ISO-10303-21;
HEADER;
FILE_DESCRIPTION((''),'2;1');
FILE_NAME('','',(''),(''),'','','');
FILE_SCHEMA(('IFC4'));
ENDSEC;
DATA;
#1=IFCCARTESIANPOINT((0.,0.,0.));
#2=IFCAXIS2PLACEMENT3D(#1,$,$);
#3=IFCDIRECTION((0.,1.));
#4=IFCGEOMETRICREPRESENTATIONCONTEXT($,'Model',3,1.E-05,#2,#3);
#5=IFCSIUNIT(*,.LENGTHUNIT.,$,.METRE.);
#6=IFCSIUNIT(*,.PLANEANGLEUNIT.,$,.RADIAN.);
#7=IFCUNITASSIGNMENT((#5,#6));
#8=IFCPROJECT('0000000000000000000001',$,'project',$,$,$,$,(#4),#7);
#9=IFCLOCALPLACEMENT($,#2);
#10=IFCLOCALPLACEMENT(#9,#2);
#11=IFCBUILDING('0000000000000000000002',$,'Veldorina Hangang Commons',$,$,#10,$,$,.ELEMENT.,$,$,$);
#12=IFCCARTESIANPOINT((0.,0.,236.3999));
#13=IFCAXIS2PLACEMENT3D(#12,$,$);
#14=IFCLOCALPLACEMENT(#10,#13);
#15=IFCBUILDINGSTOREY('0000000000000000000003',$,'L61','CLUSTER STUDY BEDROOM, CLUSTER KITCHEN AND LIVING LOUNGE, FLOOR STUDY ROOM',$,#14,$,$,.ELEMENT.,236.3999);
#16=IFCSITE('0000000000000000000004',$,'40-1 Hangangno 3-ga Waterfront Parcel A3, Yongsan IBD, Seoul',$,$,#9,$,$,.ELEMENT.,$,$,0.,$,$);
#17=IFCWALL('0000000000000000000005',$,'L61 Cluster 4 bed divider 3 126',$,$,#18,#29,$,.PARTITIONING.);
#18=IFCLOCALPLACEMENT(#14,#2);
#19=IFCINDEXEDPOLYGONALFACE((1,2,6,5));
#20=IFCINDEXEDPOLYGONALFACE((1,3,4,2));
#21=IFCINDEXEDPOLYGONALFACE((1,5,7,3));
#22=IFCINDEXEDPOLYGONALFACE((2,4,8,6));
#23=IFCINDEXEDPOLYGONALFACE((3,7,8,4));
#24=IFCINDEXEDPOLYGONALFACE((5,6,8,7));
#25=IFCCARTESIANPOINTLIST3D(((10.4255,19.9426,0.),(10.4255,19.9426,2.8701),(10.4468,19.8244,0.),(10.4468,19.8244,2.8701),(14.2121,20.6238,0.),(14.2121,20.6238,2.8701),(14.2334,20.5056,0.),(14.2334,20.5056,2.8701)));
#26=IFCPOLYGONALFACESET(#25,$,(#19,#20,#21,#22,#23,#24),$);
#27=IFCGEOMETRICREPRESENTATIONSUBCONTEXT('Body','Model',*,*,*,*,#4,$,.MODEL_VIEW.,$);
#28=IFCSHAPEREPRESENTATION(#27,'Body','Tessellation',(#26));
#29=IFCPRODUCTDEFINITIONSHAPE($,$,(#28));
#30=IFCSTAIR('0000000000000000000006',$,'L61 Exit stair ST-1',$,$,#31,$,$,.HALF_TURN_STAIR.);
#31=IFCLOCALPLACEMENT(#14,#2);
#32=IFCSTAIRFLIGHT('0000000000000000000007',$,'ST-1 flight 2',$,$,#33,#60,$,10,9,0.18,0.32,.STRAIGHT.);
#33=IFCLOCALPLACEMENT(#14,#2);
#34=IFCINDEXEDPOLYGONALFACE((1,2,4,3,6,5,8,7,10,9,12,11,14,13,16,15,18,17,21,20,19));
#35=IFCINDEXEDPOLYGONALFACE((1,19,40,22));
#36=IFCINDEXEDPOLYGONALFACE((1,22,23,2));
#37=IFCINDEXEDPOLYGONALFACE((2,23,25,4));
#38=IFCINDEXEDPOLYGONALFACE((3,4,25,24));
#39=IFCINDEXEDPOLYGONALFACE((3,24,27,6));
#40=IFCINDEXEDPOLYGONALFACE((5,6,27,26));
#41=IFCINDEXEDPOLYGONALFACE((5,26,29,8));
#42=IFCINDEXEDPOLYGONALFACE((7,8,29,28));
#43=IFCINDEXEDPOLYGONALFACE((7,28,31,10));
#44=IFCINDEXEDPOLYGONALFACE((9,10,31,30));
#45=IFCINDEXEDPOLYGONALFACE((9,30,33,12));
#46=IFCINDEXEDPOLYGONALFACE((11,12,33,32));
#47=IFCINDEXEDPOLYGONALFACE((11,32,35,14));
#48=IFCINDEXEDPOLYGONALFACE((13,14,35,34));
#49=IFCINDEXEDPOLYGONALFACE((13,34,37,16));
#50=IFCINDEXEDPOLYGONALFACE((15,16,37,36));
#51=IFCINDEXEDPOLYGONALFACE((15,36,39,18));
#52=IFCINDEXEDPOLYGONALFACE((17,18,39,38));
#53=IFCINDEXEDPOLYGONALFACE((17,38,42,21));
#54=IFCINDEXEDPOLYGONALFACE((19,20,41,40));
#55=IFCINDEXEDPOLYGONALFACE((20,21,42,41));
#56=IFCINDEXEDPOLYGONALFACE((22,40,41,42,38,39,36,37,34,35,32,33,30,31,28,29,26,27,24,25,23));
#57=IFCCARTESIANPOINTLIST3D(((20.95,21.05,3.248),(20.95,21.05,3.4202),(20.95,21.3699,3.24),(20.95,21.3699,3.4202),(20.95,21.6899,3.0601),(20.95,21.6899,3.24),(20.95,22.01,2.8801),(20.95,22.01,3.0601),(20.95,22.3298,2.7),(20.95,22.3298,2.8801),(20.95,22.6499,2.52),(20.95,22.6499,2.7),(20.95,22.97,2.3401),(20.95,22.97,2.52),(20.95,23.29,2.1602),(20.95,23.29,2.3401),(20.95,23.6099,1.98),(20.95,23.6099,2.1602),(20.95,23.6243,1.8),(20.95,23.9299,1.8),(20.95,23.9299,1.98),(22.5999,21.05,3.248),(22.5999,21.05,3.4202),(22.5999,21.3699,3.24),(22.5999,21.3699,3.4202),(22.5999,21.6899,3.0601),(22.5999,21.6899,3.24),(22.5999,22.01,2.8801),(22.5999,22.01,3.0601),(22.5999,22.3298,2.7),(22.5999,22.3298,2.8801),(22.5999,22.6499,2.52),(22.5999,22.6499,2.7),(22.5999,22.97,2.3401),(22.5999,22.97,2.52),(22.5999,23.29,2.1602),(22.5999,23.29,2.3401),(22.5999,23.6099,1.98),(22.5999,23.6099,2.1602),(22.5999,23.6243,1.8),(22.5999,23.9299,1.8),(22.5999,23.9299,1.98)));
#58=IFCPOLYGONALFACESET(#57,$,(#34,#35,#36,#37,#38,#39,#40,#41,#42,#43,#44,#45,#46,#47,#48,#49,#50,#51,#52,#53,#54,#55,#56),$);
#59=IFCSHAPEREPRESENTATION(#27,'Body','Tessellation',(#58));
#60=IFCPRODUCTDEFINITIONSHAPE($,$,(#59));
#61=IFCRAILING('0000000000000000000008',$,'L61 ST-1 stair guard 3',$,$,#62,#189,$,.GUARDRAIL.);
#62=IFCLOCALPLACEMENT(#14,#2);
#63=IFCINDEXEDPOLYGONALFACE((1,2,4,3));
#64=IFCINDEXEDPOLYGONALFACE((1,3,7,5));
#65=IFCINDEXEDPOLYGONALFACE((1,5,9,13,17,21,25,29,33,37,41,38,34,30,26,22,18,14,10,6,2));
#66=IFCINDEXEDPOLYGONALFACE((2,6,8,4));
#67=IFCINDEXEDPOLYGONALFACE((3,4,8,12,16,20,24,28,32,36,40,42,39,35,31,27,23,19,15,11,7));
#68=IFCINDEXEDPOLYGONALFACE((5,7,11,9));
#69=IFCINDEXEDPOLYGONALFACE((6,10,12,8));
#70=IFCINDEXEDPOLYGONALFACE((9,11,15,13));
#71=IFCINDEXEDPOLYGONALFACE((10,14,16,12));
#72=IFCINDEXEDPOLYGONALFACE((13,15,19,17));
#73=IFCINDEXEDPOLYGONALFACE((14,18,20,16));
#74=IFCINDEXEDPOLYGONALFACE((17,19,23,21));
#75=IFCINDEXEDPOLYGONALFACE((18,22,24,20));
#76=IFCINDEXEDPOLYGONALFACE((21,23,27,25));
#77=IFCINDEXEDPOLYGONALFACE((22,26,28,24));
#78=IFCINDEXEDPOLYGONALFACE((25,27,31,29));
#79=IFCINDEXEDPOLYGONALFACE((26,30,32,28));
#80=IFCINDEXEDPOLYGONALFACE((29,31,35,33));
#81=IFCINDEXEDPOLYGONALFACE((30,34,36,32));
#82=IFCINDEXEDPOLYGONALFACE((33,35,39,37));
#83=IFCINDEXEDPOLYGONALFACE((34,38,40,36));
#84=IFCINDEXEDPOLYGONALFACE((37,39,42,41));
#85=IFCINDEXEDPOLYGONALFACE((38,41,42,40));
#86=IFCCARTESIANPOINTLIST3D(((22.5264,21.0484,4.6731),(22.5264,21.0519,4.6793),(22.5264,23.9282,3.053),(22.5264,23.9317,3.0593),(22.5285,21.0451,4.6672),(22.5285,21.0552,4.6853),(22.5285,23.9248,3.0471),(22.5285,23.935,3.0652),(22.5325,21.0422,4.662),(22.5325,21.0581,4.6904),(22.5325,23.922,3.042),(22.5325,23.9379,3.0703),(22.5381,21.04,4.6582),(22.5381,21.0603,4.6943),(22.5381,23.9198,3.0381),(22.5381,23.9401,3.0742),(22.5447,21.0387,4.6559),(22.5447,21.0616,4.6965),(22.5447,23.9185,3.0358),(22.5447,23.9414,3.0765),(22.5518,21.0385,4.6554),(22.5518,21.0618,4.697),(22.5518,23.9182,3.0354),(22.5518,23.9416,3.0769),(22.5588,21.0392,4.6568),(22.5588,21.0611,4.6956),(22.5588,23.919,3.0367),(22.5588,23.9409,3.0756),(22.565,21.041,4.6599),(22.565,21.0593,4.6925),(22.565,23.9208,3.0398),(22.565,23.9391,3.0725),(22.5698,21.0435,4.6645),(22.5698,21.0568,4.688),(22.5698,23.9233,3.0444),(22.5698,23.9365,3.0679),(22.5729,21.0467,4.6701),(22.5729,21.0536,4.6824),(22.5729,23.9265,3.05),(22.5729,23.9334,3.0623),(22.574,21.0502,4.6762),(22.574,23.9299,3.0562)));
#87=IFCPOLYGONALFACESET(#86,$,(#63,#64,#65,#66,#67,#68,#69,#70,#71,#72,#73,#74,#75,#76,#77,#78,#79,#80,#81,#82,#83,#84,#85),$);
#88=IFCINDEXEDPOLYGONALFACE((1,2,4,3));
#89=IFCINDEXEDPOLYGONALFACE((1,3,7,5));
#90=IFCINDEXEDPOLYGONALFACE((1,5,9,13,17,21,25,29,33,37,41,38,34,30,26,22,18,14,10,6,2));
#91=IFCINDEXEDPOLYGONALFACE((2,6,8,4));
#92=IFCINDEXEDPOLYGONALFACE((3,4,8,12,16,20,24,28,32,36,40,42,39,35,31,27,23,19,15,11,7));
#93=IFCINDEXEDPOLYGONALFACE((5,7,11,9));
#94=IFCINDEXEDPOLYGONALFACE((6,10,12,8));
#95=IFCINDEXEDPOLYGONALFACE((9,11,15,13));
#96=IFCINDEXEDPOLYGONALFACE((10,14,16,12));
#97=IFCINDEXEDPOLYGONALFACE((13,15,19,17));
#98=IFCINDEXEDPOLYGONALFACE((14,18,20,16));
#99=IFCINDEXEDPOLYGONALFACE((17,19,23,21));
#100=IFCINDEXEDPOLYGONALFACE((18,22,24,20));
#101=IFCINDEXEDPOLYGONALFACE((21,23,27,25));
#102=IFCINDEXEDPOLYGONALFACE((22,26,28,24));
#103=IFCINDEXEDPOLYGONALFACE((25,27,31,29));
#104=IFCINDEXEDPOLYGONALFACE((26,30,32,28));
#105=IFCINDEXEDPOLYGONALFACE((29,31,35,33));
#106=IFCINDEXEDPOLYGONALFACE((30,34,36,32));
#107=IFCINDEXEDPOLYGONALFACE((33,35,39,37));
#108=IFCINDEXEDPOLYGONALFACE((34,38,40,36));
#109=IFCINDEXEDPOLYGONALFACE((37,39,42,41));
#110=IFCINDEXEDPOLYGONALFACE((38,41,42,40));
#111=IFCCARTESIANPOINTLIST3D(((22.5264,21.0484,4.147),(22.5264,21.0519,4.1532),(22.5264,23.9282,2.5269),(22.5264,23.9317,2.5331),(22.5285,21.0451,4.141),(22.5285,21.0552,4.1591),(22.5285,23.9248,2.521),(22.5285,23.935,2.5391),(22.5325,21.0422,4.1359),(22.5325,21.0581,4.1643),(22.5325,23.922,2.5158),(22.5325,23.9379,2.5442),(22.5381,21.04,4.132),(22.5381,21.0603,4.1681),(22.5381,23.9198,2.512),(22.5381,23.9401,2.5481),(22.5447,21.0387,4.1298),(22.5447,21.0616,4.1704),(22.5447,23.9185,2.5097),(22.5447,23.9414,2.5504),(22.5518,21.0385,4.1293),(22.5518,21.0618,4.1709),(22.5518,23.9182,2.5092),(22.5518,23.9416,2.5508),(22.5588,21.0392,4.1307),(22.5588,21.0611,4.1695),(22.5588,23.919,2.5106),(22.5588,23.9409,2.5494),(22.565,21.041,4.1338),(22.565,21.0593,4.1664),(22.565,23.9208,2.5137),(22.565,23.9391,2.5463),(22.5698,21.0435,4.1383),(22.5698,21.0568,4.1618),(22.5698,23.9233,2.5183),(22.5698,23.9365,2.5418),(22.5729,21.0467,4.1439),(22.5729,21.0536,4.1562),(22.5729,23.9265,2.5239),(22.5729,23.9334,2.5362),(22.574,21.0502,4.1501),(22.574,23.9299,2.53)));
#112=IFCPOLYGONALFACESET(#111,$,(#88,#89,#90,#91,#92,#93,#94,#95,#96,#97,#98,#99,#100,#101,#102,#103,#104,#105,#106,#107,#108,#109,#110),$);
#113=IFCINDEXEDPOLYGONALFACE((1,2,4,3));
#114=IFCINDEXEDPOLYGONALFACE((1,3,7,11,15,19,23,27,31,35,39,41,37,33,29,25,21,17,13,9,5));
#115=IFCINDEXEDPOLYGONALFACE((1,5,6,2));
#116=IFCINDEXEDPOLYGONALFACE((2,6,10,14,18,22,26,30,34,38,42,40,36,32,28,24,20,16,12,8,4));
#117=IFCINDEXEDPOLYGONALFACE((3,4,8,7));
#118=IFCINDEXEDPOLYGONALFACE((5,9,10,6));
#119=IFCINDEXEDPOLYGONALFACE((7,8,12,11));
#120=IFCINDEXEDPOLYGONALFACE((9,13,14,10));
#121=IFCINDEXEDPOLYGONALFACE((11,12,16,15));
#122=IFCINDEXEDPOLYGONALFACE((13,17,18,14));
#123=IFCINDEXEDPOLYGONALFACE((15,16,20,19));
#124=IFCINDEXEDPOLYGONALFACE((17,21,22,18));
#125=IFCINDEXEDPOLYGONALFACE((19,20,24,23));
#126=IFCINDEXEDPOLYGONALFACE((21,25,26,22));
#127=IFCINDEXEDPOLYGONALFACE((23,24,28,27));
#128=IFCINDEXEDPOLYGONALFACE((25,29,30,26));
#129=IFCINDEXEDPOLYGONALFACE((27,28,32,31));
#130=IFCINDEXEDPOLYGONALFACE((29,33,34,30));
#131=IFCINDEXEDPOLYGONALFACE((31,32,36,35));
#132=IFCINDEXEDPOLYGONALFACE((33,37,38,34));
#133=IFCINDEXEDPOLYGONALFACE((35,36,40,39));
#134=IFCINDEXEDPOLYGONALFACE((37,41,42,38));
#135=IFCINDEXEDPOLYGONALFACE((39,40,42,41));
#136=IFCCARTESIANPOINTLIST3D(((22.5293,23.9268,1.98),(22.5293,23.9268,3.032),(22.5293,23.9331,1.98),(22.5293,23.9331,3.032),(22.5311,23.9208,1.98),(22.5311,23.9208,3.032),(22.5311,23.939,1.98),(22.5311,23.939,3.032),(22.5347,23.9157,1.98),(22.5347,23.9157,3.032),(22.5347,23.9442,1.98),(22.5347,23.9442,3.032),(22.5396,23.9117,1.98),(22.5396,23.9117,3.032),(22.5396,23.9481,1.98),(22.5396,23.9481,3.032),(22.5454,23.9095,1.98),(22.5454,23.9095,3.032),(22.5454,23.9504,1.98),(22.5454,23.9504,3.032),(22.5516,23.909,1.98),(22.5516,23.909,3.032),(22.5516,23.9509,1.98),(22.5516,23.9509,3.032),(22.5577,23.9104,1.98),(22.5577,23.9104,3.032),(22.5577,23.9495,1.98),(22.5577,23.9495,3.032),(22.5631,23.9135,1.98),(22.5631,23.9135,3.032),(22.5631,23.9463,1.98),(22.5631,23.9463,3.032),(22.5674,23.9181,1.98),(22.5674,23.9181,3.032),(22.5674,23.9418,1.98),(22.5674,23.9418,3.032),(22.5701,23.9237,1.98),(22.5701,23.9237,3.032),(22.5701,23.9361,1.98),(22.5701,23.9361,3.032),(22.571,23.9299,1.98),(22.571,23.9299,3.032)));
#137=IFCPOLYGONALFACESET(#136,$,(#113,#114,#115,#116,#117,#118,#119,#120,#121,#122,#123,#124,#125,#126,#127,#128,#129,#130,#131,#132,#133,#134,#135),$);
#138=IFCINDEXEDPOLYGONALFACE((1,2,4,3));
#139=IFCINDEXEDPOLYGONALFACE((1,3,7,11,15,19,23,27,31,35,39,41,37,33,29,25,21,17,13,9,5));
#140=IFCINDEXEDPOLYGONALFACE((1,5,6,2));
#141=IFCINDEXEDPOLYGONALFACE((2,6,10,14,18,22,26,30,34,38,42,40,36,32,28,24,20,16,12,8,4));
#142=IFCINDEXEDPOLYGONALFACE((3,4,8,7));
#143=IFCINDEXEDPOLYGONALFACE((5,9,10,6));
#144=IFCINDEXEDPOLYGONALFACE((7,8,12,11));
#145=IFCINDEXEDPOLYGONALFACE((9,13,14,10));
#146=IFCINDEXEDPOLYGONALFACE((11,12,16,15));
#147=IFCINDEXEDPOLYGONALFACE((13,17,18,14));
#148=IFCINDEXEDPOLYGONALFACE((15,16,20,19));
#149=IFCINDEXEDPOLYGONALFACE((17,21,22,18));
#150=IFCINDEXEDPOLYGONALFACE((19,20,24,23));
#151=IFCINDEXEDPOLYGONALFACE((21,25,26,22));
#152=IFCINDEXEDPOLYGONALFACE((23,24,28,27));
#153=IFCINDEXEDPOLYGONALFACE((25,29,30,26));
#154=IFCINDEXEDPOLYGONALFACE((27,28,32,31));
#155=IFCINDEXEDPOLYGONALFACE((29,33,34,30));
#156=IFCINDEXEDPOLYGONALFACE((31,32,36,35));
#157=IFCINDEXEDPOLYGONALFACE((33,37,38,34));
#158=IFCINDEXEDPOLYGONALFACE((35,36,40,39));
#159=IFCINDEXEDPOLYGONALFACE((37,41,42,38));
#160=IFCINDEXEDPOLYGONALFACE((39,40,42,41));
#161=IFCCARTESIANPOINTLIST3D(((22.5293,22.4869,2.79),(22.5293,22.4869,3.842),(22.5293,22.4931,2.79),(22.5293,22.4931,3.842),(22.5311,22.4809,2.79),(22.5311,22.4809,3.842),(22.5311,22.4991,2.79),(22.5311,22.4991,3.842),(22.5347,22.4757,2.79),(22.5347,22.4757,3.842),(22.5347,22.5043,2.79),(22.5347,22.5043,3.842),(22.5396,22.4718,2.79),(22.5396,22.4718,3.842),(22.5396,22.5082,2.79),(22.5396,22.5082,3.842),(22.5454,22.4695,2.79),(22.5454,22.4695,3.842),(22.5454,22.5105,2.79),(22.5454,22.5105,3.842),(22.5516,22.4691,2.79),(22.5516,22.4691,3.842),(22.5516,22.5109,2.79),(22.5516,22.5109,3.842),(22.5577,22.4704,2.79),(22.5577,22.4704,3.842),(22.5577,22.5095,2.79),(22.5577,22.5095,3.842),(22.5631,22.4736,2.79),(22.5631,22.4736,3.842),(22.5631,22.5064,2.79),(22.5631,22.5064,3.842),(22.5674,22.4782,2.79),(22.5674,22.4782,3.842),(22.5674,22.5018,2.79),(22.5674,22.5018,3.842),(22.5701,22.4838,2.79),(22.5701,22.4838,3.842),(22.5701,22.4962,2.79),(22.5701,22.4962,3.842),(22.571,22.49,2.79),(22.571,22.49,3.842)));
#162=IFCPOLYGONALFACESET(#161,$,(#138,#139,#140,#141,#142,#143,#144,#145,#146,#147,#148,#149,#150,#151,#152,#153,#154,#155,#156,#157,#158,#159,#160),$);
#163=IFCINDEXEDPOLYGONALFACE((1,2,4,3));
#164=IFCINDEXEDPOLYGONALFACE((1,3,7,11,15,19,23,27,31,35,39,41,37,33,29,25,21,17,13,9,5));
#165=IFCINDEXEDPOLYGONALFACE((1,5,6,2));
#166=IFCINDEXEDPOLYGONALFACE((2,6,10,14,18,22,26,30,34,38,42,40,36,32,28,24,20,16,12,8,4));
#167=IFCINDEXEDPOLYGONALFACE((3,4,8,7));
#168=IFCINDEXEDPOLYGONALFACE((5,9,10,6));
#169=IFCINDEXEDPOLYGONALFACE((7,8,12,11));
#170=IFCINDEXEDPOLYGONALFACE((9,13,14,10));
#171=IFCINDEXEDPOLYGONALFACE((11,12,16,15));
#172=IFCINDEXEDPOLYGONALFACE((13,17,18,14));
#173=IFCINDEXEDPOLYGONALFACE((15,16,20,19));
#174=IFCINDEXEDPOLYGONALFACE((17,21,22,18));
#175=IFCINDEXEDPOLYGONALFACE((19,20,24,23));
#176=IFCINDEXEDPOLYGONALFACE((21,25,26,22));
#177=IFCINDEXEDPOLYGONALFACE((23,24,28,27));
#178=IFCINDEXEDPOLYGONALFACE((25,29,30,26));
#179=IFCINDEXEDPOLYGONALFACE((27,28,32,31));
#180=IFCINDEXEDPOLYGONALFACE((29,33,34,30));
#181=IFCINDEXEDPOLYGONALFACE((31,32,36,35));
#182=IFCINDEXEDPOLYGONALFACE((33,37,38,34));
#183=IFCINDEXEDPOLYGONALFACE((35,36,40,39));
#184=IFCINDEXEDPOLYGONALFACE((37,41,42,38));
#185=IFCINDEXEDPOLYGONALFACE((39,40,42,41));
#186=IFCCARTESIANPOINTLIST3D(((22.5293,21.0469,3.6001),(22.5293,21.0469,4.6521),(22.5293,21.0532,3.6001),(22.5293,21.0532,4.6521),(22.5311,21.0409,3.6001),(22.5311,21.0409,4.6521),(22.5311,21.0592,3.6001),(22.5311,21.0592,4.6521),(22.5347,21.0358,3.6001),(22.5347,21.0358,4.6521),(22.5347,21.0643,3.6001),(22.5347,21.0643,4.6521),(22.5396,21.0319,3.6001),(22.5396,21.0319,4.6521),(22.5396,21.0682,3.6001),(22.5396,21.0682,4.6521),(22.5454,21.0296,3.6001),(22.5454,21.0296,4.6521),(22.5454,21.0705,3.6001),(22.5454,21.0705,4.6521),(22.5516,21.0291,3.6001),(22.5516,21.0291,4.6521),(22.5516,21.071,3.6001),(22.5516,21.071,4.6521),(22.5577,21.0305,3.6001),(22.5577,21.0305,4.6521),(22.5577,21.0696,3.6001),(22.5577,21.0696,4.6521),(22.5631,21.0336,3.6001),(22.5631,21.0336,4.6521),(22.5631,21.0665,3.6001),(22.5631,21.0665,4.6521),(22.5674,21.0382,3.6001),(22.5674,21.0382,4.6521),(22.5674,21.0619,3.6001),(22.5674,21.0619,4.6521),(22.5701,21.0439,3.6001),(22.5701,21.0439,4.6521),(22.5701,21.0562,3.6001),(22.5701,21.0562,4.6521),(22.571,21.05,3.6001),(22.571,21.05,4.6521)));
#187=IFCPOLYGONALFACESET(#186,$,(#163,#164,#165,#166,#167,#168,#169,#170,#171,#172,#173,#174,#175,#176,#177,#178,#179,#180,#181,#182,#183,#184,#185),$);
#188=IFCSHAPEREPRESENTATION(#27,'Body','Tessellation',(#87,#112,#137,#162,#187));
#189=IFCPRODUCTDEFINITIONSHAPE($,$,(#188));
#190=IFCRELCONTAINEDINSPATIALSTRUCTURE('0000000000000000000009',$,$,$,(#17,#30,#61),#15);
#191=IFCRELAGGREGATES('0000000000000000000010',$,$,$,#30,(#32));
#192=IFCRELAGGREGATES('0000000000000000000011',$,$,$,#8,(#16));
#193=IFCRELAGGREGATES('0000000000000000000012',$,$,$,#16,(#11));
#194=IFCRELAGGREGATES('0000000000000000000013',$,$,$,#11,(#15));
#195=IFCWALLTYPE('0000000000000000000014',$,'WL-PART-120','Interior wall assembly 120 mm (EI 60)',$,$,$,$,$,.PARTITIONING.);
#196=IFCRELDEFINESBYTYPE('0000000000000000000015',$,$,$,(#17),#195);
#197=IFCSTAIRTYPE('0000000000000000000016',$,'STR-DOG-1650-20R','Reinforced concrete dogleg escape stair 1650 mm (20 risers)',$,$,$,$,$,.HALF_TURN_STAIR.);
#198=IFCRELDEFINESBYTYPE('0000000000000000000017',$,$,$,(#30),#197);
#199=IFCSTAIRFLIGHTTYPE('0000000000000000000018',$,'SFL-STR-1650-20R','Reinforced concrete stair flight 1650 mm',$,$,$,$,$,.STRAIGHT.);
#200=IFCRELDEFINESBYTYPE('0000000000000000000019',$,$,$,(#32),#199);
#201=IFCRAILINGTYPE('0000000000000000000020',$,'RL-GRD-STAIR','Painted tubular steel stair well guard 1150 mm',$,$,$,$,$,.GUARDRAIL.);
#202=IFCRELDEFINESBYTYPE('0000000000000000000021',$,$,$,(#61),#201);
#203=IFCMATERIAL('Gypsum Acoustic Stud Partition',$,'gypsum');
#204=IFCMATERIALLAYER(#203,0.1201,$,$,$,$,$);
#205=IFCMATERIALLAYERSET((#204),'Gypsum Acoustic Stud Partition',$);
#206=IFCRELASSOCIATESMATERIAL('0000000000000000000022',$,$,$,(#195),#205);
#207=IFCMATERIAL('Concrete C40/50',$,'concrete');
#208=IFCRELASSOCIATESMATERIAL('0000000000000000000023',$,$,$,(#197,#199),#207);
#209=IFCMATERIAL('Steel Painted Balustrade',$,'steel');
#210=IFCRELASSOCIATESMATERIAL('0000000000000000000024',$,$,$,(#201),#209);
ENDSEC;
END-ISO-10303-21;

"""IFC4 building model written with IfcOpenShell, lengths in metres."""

from ifc_helpers import new_model, si_unit, direction, frame, frame_2d, origin, origin_2d, place, context, subcontext, project, spatial, polyline, rectangle, circle, outline, extrude, material, layer, layer_set, type_object, element, aggregate, save


model = new_model("IFC4")

# Units and contexts
model_context = context("Model", 3, precision=1e-05, world=origin(), true_north=direction((0.0, 1.0)))
body_context = subcontext(model_context, "Body", "Model", "MODEL_VIEW")
ifc_project = project(units=[si_unit("LENGTHUNIT", "METRE"), si_unit("PLANEANGLEUNIT", "RADIAN")], contexts=[model_context])

# Site, building, storey
site_placement = place(None, origin())
site = spatial("IfcSite", under=ifc_project, at=site_placement, Name="40-1 Hangangno 3-ga Waterfront Parcel A3, Yongsan IBD, Seoul", CompositionType="ELEMENT", RefElevation=0.0)
building_placement = place(site_placement, origin())
building = spatial("IfcBuilding", under=site, at=building_placement, Name="Veldorina Hangang Commons", CompositionType="ELEMENT")
storey_placement = place(building_placement, frame((0.0, 0.0, 236.3999)))
storey = spatial("IfcBuildingStorey", under=building, at=storey_placement, Name="L61", Description="CLUSTER STUDY BEDROOM, CLUSTER KITCHEN AND LIVING LOUNGE, FLOOR STUDY ROOM", CompositionType="ELEMENT", Elevation=236.3999)

# Shared definitions
ifc_material_1 = material(Name="Gypsum Acoustic Stud Partition", Category="gypsum")
ifc_layer_1 = layer(ifc_material_1, 0.1201)
ifc_layer_set_1 = layer_set([ifc_layer_1], Name="Gypsum Acoustic Stud Partition")
wall_type_1 = type_object("IfcWallType", Name="WL-PART-120", Description="Interior wall assembly 120 mm (EI 60)", PredefinedType="PARTITIONING", material=ifc_layer_set_1)

# Wall
wall_1_placement = place(storey_placement, frame((14.2229, 20.5647, 0.0), z_axis=(0.0, 0.0, 1.0), x_axis=(-0.984203, -0.177042, 0.0)))
element("IfcWall", 1, at=wall_1_placement, inside=storey, type_object=wall_type_1, Name="L61 Cluster 4 bed divider 3 126", PredefinedType="PARTITIONING", context=body_context, shape_type="SweptSolid", body=[
    extrude(rectangle(XDim=3.8474, YDim=0.1201, at=frame_2d((1.9238, 0.0))), origin(), (0.0, 0.0, 1.0), 2.8701),
])

# Stair, stair flight
ifc_material_2 = material(Name="Concrete C40/50", Category="concrete")
stair_type = type_object("IfcStairType", Name="STR-DOG-1650-20R", Description="Reinforced concrete dogleg escape stair 1650 mm (20 risers)", PredefinedType="HALF_TURN_STAIR", material=ifc_material_2)
stair_placement = place(storey_placement, origin())
stair = element("IfcStair", 2, at=stair_placement, inside=storey, type_object=stair_type, Name="L61 Exit stair ST-1", PredefinedType="HALF_TURN_STAIR")
stair_flight_type = type_object("IfcStairFlightType", Name="SFL-STR-1650-20R", Description="Reinforced concrete stair flight 1650 mm", PredefinedType="STRAIGHT", material=ifc_material_2)
stair_flight_placement = place(storey_placement, frame((21.7749, 23.9299, 1.8), z_axis=(0.0, 0.0, 1.0), x_axis=(0.0, -1.0, 0.0)))
stair_flight = element("IfcStairFlight", 3, at=stair_flight_placement, type_object=stair_flight_type, Name="ST-1 flight 2", NumberOfRisers=10, NumberOfTreads=9, PredefinedType="STRAIGHT", RiserHeight=0.18, TreadLength=0.32, context=body_context, shape_type="SweptSolid", body=[
    extrude(outline(polyline([(0.0, 0.0), (0.0, 0.1799), (0.3201, 0.1799), (0.3201, 0.3601), (0.6399, 0.3601), (0.6399, 0.54), (0.96, 0.54), (0.96, 0.72), (1.28, 0.72), (1.28, 0.8999), (1.6001, 0.8999), (1.6001, 1.0801), (1.9199, 1.0801), (1.9199, 1.26), (2.24, 1.26), (2.24, 1.4399), (2.5601, 1.4399), (2.5601, 1.6201), (2.8799, 1.6201), (2.8799, 1.8), (2.8799, 1.448), (0.3057, 0.0), (0.0, 0.0)])), frame((0.0, 0.825, 0.0), z_axis=(0.0, -1.0, 0.0), x_axis=(1.0, 0.0, 0.0)), (0.0, 0.0, 1.0), 1.6499),
])
aggregate(stair, [stair_flight])

# Railing
ifc_material_3 = material(Name="Steel Painted Balustrade", Category="steel")
railing_type_1 = type_object("IfcRailingType", Name="RL-GRD-STAIR", Description="Painted tubular steel stair well guard 1150 mm", PredefinedType="GUARDRAIL", material=ifc_material_3)
railing_1_placement = place(storey_placement, frame((22.55, 23.9299, 1.98)))
element("IfcRailing", 4, at=railing_1_placement, inside=storey, type_object=railing_type_1, Name="L61 ST-1 stair guard 3", PredefinedType="GUARDRAIL", context=body_context, shape_type="SweptSolid", body=[
    extrude(circle(Radius=0.0239, at=origin_2d()), frame((0.0, 0.0, 1.0762), z_axis=(0.0, -0.871552, 0.490303), x_axis=(1.0, 0.0, 0.0)), (0.0, 0.0, 1.0), 3.3042),
    extrude(circle(Radius=0.0239, at=origin_2d()), frame((0.0, 0.0, 0.55), z_axis=(0.0, -0.871552, 0.490303), x_axis=(1.0, 0.0, 0.0)), (0.0, 0.0, 1.0), 3.3042),
    extrude(circle(Radius=0.021, at=origin_2d()), origin(), (0.0, 0.0, 1.0), 1.052),
    extrude(circle(Radius=0.021, at=origin_2d()), frame((0.0, -1.4399, 0.8101)), (0.0, 0.0, 1.0), 1.052),
    extrude(circle(Radius=0.021, at=origin_2d()), frame((0.0, -2.8799, 1.6201)), (0.0, 0.0, 1.0), 1.052),
])

save(model, "model.ifc")
